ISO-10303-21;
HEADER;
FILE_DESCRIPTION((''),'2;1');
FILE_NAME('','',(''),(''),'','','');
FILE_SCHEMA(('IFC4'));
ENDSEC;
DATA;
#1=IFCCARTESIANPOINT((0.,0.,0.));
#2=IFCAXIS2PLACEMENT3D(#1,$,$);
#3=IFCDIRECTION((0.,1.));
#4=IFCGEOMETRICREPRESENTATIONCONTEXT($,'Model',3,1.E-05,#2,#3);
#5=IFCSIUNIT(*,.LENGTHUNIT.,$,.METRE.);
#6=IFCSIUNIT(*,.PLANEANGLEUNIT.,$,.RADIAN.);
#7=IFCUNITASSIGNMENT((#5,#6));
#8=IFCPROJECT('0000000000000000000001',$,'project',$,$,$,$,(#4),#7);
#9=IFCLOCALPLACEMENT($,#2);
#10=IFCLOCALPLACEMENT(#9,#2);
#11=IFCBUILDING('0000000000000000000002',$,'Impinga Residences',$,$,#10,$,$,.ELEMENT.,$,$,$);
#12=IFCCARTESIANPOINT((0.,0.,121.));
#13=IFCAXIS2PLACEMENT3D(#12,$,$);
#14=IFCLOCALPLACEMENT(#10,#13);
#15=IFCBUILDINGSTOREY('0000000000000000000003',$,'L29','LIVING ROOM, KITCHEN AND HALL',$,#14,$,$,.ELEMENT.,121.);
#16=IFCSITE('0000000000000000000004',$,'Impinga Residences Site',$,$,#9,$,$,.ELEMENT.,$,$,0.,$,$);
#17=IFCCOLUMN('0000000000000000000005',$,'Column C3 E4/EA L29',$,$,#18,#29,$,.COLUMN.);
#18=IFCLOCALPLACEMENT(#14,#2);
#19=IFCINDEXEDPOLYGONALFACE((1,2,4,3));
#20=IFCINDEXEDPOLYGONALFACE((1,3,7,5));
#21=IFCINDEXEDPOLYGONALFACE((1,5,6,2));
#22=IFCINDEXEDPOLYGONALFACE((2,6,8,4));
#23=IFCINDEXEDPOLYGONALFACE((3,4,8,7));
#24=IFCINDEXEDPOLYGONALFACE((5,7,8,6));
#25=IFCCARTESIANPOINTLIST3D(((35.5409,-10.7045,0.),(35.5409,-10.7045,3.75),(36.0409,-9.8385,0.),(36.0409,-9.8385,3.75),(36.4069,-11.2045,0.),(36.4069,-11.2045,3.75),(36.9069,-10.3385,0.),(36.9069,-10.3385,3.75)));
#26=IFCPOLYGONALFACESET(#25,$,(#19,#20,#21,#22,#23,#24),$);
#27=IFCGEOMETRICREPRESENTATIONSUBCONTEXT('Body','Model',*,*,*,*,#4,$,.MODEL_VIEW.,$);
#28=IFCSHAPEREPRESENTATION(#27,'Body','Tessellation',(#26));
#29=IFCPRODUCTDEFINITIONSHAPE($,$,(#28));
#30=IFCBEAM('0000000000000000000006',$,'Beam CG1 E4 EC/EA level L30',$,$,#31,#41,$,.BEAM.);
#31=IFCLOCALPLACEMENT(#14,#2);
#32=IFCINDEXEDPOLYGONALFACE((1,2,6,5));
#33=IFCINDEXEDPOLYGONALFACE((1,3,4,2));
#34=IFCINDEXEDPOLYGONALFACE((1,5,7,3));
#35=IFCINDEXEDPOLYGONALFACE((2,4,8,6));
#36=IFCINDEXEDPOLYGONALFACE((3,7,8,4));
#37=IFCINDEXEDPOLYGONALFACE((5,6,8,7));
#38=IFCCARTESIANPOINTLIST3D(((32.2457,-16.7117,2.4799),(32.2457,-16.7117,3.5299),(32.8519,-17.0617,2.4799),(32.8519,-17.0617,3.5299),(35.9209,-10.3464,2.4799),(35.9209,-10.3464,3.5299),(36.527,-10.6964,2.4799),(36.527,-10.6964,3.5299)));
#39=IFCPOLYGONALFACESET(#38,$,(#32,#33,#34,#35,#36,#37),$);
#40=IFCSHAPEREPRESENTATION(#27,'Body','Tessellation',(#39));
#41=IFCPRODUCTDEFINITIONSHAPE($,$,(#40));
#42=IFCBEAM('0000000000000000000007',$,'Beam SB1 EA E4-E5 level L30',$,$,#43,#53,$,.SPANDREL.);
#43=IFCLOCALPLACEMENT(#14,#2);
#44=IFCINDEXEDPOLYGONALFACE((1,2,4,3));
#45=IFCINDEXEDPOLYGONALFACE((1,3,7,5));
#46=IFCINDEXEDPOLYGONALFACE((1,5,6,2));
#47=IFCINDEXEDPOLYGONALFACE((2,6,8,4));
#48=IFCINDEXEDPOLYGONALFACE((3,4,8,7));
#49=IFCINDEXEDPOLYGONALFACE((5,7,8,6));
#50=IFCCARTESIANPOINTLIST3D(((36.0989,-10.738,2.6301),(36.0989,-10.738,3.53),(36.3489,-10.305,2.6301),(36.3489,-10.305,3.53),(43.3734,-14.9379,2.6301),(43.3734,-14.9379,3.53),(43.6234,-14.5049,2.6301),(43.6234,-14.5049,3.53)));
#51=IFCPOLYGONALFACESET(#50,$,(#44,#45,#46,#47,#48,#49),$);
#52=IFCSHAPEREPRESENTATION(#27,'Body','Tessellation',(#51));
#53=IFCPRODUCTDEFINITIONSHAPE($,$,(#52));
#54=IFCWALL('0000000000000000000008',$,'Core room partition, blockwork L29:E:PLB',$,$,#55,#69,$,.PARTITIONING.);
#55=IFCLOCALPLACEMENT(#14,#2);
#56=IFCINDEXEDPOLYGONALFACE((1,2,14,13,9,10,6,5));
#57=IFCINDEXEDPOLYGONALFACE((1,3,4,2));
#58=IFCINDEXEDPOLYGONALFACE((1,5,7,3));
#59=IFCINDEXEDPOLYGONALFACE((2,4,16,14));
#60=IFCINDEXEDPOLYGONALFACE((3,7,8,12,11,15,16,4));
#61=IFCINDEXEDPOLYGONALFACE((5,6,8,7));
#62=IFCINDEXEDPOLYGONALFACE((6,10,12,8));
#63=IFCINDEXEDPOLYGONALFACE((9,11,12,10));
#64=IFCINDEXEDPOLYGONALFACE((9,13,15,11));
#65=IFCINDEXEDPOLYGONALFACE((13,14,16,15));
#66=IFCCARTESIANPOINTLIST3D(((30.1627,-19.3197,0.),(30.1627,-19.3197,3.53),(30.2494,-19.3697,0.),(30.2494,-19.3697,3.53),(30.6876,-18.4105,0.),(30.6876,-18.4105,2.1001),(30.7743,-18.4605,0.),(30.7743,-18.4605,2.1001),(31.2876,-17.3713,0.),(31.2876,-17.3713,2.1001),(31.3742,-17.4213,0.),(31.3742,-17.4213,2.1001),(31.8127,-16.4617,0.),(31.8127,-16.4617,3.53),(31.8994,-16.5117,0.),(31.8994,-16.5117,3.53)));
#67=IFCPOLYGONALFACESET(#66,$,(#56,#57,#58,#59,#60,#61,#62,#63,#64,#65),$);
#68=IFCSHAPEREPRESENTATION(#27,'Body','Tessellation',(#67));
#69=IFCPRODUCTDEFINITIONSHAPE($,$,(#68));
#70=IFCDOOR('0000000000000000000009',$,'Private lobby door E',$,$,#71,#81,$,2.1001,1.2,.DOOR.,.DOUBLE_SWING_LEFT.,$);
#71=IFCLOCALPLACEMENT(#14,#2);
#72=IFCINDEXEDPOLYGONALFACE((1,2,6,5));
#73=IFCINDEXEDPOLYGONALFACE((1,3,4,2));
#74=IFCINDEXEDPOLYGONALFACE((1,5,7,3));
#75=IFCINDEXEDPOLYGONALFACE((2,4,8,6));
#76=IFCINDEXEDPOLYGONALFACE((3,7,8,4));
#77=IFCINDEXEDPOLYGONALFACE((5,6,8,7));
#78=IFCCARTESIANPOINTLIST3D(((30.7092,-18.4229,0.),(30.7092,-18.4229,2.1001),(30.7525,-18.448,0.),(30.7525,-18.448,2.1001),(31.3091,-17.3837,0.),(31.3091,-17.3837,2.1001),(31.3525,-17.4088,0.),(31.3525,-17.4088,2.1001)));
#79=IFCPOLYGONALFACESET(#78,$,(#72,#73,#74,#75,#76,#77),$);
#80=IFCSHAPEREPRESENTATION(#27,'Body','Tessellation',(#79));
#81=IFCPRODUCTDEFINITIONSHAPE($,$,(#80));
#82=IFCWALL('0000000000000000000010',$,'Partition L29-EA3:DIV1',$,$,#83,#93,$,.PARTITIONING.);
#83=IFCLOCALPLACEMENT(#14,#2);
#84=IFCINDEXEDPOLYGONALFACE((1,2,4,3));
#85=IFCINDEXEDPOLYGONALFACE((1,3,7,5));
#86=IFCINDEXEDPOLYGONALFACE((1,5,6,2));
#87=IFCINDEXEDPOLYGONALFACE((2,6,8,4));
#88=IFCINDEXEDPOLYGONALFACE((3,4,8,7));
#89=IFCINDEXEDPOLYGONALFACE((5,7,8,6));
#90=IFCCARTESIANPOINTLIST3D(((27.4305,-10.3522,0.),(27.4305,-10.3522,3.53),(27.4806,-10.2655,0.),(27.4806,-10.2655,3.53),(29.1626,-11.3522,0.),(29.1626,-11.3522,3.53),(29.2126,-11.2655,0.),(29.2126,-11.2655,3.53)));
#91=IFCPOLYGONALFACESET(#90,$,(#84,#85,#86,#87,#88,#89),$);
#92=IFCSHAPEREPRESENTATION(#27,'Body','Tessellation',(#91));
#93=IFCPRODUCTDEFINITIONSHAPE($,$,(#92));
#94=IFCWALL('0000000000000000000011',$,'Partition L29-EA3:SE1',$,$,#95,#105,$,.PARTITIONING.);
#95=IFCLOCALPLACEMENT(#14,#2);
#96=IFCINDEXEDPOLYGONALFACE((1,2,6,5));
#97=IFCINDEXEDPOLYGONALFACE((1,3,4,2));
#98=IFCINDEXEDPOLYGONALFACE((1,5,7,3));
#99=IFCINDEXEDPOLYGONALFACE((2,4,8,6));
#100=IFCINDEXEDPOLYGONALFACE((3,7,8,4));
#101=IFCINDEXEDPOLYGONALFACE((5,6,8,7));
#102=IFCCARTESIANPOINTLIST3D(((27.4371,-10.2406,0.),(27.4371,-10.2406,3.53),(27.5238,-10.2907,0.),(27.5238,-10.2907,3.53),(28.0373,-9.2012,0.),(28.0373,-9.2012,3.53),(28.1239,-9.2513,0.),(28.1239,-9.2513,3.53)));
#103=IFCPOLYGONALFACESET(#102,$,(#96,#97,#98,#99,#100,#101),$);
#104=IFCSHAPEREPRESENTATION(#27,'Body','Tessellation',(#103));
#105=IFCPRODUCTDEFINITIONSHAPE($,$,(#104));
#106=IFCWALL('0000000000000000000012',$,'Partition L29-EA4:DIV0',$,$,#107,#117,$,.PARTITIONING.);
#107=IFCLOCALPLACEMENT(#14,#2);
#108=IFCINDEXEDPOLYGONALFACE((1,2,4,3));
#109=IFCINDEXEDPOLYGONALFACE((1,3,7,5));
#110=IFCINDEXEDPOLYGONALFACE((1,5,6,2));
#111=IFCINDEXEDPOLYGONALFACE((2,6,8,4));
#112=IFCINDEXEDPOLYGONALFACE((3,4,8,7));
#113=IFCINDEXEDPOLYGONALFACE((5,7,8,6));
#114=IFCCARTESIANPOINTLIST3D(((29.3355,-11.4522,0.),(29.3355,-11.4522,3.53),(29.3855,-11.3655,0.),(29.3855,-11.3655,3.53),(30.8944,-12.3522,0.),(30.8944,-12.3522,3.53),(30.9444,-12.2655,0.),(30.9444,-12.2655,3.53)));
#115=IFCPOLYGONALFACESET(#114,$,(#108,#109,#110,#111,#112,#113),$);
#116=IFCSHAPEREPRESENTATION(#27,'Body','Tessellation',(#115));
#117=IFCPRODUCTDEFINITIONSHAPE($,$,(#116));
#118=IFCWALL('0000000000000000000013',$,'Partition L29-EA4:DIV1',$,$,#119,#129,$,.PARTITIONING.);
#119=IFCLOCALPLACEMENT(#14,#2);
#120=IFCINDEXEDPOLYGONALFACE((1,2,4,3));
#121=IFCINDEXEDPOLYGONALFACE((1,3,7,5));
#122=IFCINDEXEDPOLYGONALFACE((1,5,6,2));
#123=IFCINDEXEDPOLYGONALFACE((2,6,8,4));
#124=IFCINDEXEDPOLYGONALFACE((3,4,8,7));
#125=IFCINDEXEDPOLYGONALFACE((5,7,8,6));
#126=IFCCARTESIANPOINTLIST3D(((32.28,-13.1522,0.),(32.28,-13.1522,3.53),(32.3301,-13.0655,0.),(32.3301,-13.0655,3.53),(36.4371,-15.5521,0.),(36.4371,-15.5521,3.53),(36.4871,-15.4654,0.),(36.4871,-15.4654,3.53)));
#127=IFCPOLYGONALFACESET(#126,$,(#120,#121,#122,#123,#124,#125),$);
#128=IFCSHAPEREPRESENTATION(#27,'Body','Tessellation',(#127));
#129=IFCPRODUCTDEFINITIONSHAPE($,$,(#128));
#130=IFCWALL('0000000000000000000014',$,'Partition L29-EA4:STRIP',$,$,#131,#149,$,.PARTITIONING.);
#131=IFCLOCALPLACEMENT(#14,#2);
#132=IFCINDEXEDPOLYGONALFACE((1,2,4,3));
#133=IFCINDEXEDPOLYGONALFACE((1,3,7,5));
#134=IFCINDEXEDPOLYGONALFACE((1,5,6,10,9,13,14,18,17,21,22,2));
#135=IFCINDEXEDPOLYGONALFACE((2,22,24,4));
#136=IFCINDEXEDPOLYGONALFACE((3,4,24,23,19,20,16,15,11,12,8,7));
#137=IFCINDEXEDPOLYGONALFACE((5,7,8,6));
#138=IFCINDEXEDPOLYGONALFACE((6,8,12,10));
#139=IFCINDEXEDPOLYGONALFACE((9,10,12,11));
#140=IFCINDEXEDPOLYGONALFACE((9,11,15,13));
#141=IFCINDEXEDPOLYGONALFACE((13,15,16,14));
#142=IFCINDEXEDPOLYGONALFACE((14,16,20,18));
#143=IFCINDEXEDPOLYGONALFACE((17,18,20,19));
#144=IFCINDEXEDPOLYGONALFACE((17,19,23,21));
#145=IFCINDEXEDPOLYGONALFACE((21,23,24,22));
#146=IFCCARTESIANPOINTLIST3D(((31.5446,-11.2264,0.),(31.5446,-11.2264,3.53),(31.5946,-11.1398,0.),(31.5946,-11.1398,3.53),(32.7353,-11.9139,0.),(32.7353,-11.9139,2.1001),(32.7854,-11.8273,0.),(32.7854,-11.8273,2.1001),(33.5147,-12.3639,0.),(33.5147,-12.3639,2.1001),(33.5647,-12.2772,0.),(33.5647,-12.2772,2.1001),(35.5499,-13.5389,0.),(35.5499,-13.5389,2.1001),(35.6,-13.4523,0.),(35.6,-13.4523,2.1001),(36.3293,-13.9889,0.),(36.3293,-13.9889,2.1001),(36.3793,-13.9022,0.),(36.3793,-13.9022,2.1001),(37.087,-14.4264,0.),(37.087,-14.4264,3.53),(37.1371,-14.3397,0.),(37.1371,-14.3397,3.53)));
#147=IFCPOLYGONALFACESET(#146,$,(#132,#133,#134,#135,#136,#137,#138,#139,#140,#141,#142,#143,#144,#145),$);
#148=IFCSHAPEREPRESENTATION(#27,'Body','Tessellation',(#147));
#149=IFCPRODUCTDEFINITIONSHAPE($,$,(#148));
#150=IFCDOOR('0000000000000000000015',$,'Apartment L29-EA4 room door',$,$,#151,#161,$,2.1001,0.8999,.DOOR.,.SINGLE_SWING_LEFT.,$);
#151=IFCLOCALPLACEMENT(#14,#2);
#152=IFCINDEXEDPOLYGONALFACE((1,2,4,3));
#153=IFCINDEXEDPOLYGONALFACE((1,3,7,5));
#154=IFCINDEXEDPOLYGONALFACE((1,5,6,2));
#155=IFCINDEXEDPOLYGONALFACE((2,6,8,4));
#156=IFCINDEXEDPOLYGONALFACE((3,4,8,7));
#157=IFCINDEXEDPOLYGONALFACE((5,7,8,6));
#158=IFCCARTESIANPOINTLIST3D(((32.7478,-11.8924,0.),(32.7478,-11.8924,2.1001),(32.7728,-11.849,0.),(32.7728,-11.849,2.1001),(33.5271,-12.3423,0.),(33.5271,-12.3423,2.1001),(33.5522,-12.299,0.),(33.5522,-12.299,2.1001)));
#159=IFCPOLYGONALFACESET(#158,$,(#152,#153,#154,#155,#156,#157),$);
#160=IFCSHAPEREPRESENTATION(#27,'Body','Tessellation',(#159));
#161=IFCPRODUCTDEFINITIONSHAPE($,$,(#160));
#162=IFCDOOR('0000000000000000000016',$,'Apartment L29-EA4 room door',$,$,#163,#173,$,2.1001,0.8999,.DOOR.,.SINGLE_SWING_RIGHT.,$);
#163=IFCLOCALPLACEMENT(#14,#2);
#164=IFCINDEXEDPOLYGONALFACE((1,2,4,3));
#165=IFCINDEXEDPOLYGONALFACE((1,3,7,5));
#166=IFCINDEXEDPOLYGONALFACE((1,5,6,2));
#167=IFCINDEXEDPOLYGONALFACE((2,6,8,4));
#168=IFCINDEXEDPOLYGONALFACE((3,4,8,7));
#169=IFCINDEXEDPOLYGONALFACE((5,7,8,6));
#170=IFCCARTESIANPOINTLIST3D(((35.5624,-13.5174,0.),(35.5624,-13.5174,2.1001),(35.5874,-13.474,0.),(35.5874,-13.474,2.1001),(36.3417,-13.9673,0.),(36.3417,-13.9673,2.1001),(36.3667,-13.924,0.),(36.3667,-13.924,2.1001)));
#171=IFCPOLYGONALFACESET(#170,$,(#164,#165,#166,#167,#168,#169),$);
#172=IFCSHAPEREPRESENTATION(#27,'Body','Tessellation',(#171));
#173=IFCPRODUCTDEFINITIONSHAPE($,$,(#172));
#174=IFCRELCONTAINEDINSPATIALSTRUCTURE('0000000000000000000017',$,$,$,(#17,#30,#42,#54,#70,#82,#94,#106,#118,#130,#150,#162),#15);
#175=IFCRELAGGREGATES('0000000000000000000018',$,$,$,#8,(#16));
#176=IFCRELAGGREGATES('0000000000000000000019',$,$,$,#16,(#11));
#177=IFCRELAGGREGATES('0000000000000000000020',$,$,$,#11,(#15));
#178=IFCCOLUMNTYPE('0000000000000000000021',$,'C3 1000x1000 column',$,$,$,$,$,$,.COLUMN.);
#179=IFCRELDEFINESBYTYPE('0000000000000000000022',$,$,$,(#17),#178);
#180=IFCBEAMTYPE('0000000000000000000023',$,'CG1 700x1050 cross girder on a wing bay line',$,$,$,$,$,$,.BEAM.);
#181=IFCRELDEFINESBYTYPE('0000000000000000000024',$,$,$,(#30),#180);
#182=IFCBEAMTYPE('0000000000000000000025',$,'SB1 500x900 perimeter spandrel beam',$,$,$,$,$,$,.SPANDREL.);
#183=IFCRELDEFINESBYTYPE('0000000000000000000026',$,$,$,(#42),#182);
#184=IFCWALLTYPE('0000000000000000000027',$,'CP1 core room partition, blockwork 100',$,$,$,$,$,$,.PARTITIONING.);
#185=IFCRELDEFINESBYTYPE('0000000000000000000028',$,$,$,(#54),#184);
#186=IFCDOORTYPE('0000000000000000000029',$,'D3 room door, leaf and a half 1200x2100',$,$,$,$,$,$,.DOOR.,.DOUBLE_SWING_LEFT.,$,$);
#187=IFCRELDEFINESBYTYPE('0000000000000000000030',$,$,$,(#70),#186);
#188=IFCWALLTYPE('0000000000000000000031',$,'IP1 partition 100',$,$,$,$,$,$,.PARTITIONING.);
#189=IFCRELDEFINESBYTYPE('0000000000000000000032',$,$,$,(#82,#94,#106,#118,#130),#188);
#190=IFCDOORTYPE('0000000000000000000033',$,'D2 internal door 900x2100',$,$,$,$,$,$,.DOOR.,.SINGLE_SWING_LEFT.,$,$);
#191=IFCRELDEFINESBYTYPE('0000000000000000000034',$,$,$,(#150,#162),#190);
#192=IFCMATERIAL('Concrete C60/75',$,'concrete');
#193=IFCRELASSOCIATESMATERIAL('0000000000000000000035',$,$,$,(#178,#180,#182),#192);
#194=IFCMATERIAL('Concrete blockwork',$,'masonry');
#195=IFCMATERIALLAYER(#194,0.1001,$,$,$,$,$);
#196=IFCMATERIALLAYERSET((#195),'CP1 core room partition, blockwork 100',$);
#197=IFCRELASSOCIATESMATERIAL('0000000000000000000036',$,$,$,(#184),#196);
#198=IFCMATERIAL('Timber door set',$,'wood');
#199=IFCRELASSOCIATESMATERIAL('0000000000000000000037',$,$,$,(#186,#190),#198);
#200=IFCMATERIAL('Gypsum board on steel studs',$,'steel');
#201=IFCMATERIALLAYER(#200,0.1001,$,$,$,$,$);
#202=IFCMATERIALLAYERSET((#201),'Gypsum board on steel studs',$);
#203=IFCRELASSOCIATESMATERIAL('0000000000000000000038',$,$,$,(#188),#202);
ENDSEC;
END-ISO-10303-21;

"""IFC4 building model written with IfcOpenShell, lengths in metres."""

from ifc_helpers import new_model, si_unit, direction, frame, frame_2d, origin, origin_2d, place, context, subcontext, project, spatial, rectangle, extrude, material, layer, layer_set, material_profile, profile_set, type_object, element, fill, save


model = new_model("IFC4")

# Units and contexts
model_context = context("Model", 3, precision=1e-05, world=origin(), true_north=direction((0.0, 1.0)))
body_context = subcontext(model_context, "Body", "Model", "MODEL_VIEW")
ifc_project = project(units=[si_unit("LENGTHUNIT", "METRE"), si_unit("PLANEANGLEUNIT", "RADIAN")], contexts=[model_context])

# Site, building, storey
site_placement = place(None, origin())
site = spatial("IfcSite", under=ifc_project, at=site_placement, Name="Impinga Residences Site", CompositionType="ELEMENT", RefElevation=0.0)
building_placement = place(site_placement, origin())
building = spatial("IfcBuilding", under=site, at=building_placement, Name="Impinga Residences", CompositionType="ELEMENT")
storey_placement = place(building_placement, frame((0.0, 0.0, 121.0)))
storey = spatial("IfcBuildingStorey", under=building, at=storey_placement, Name="L29", Description="LIVING ROOM, KITCHEN AND HALL", CompositionType="ELEMENT", Elevation=121.0)

# Column
ifc_material_1 = material(Name="Concrete C60/75", Category="concrete")
ifc_material_profile_1 = material_profile(ifc_material_1, rectangle(XDim=1.0, YDim=1.0, at=origin_2d()), Name="RC 1000x1000")
ifc_profile_set_1 = profile_set([ifc_material_profile_1], Name="Concrete C60/75")
column_type = type_object("IfcColumnType", Name="C3 1000x1000 column", PredefinedType="COLUMN", material=ifc_profile_set_1)
column_placement = place(storey_placement, frame((36.2239, -10.5215, 0.0), z_axis=(0.0, 0.0, 1.0), x_axis=(-0.5, -0.866025, 0.0)))
element("IfcColumn", 1, at=column_placement, inside=storey, type_object=column_type, Name="Column C3 E4/EA L29", PredefinedType="COLUMN", context=body_context, shape_type="SweptSolid", body=[
    extrude(rectangle(XDim=1.0, YDim=1.0, at=origin_2d()), origin(), (0.0, 0.0, 1.0), 3.75),
])

# Beams
ifc_material_profile_2 = material_profile(ifc_material_1, rectangle(XDim=0.7, YDim=1.05, at=origin_2d()), Name="RC 700x1050")
ifc_profile_set_2 = profile_set([ifc_material_profile_2], Name="Concrete C60/75")
beam_type_1 = type_object("IfcBeamType", Name="CG1 700x1050 cross girder on a wing bay line", PredefinedType="BEAM", material=ifc_profile_set_2)
beam_1_placement = place(storey_placement, frame((32.5488, -16.8867, 3.0049), z_axis=(0.500008, 0.866021, 0.0), x_axis=(-0.866021, 0.500008, 0.0)))
element("IfcBeam", 2, at=beam_1_placement, inside=storey, type_object=beam_type_1, Name="Beam CG1 E4 EC/EA level L30", PredefinedType="BEAM", context=body_context, shape_type="SweptSolid", body=[
    extrude(rectangle(XDim=0.7, YDim=1.05, at=origin_2d()), origin(), (0.0, 0.0, 1.0), 7.3501),
])
ifc_material_profile_3 = material_profile(ifc_material_1, rectangle(XDim=0.5, YDim=0.8999, at=origin_2d()), Name="RC 500x900")
ifc_profile_set_3 = profile_set([ifc_material_profile_3], Name="Concrete C60/75")
beam_type_2 = type_object("IfcBeamType", Name="SB1 500x900 perimeter spandrel beam", PredefinedType="SPANDREL", material=ifc_profile_set_3)
beam_2_placement = place(storey_placement, frame((36.2239, -10.5215, 3.0801), z_axis=(0.866029, -0.499993, 0.0), x_axis=(0.499993, 0.866029, 0.0)))
element("IfcBeam", 3, at=beam_2_placement, inside=storey, type_object=beam_type_2, Name="Beam SB1 EA E4-E5 level L30", PredefinedType="SPANDREL", context=body_context, shape_type="SweptSolid", body=[
    extrude(rectangle(XDim=0.5, YDim=0.8999, at=origin_2d()), origin(), (0.0, 0.0, 1.0), 8.3999),
])

# Wall, opening, door
ifc_material_2 = material(Name="Concrete blockwork", Category="masonry")
ifc_layer_1 = layer(ifc_material_2, 0.1001)
ifc_layer_set_1 = layer_set([ifc_layer_1], Name="CP1 core room partition, blockwork 100")
wall_type_1 = type_object("IfcWallType", Name="CP1 core room partition, blockwork 100", PredefinedType="PARTITIONING", material=ifc_layer_set_1)
wall_1_placement = place(storey_placement, frame((31.856, -16.4868, 0.0), z_axis=(0.0, 0.0, 1.0), x_axis=(-0.499974, -0.86604, 0.0)))
wall_1 = element("IfcWall", 4, at=wall_1_placement, inside=storey, type_object=wall_type_1, Name="Core room partition, blockwork L29:E:PLB", PredefinedType="PARTITIONING", context=body_context, shape_type="SweptSolid", body=[
    extrude(rectangle(XDim=3.3, YDim=0.1001, at=frame_2d((1.6499, 0.0))), origin(), (0.0, 0.0, 1.0), 3.53),
])
opening_1_placement = place(wall_1_placement, frame((1.05, 0.0, 0.0)))
opening_1 = element("IfcOpeningElement", 5, at=opening_1_placement, cuts=wall_1, PredefinedType="OPENING", context=body_context, shape_type="SweptSolid", body=[
    extrude(rectangle(XDim=1.2, YDim=2.1001, at=frame_2d((0.6001, 1.05))), frame((0.0, 0.0601, 0.0), z_axis=(0.0, -1.0, 0.0), x_axis=(1.0, 0.0, 0.0)), (0.0, 0.0, 1.0), 0.1201),
])
ifc_material_3 = material(Name="Timber door set", Category="wood")
door_type_1 = type_object("IfcDoorType", Name="D3 room door, leaf and a half 1200x2100", OperationType="DOUBLE_SWING_LEFT", PredefinedType="DOOR", material=ifc_material_3)
door_1_placement = place(opening_1_placement, origin())
door_1 = element("IfcDoor", 6, at=door_1_placement, inside=storey, type_object=door_type_1, Name="Private lobby door E", OperationType="DOUBLE_SWING_LEFT", OverallHeight=2.1001, OverallWidth=1.2, PredefinedType="DOOR", context=body_context, shape_type="SweptSolid", body=[
    extrude(rectangle(XDim=1.2, YDim=2.1001, at=frame_2d((0.6001, 1.05))), frame((0.0, 0.0249, 0.0), z_axis=(0.0, -1.0, 0.0), x_axis=(1.0, 0.0, 0.0)), (0.0, 0.0, 1.0), 0.05),
])
fill(opening_1, door_1)

# Walls
ifc_material_4 = material(Name="Gypsum board on steel studs", Category="steel")
ifc_layer_2 = layer(ifc_material_4, 0.1001)
ifc_layer_set_2 = layer_set([ifc_layer_2], Name="Gypsum board on steel studs")
wall_type_2 = type_object("IfcWallType", Name="IP1 partition 100", PredefinedType="PARTITIONING", material=ifc_layer_set_2)
wall_2_placement = place(storey_placement, frame((27.4556, -10.3088, 0.0), z_axis=(0.0, 0.0, 1.0), x_axis=(0.866011, -0.500025, 0.0)))
element("IfcWall", 7, at=wall_2_placement, inside=storey, type_object=wall_type_2, Name="Partition L29-EA3:DIV1", PredefinedType="PARTITIONING", context=body_context, shape_type="SweptSolid", body=[
    extrude(rectangle(XDim=2.0, YDim=0.1001, at=frame_2d((1.0, 0.0))), origin(), (0.0, 0.0, 1.0), 3.53),
])
wall_3_placement = place(storey_placement, frame((27.4805, -10.2656, 0.0), z_axis=(0.0, 0.0, 1.0), x_axis=(0.500034, 0.866006, 0.0)))
element("IfcWall", 8, at=wall_3_placement, inside=storey, type_object=wall_type_2, Name="Partition L29-EA3:SE1", PredefinedType="PARTITIONING", context=body_context, shape_type="SweptSolid", body=[
    extrude(rectangle(XDim=1.2002, YDim=0.1001, at=frame_2d((0.6001, 0.0))), origin(), (0.0, 0.0, 1.0), 3.53),
])
wall_4_placement = place(storey_placement, frame((29.3606, -11.4089, 0.0), z_axis=(0.0, 0.0, 1.0), x_axis=(0.866048, -0.499961, 0.0)))
element("IfcWall", 9, at=wall_4_placement, inside=storey, type_object=wall_type_2, Name="Partition L29-EA4:DIV0", PredefinedType="PARTITIONING", context=body_context, shape_type="SweptSolid", body=[
    extrude(rectangle(XDim=1.8, YDim=0.1001, at=frame_2d((0.8999, 0.0))), origin(), (0.0, 0.0, 1.0), 3.53),
])
wall_5_placement = place(storey_placement, frame((32.3052, -13.1089, 0.0), z_axis=(0.0, 0.0, 1.0), x_axis=(0.866037, -0.499979, 0.0)))
element("IfcWall", 10, at=wall_5_placement, inside=storey, type_object=wall_type_2, Name="Partition L29-EA4:DIV1", PredefinedType="PARTITIONING", context=body_context, shape_type="SweptSolid", body=[
    extrude(rectangle(XDim=4.8, YDim=0.1001, at=frame_2d((2.3999, 0.0))), origin(), (0.0, 0.0, 1.0), 3.53),
])

# Wall, openings, doors
wall_6_placement = place(storey_placement, frame((31.5696, -11.1831, 0.0), z_axis=(0.0, 0.0, 1.0), x_axis=(0.866025, -0.5, 0.0)))
wall_6 = element("IfcWall", 11, at=wall_6_placement, inside=storey, type_object=wall_type_2, Name="Partition L29-EA4:STRIP", PredefinedType="PARTITIONING", context=body_context, shape_type="SweptSolid", body=[
    extrude(rectangle(XDim=6.3999, YDim=0.1001, at=frame_2d((3.2, 0.0))), origin(), (0.0, 0.0, 1.0), 3.53),
])
opening_2_placement = place(wall_6_placement, frame((1.375, 0.0, 0.0)))
opening_2 = element("IfcOpeningElement", 12, at=opening_2_placement, cuts=wall_6, PredefinedType="OPENING", context=body_context, shape_type="SweptSolid", body=[
    extrude(rectangle(XDim=0.8999, YDim=2.1001, at=frame_2d((0.45, 1.05))), frame((0.0, 0.0601, 0.0), z_axis=(0.0, -1.0, 0.0), x_axis=(1.0, 0.0, 0.0)), (0.0, 0.0, 1.0), 0.1201),
])
opening_3_placement = place(wall_6_placement, frame((4.625, 0.0, 0.0)))
opening_3 = element("IfcOpeningElement", 13, at=opening_3_placement, cuts=wall_6, PredefinedType="OPENING", context=body_context, shape_type="SweptSolid", body=[
    extrude(rectangle(XDim=0.8999, YDim=2.1001, at=frame_2d((0.45, 1.05))), frame((0.0, 0.0601, 0.0), z_axis=(0.0, -1.0, 0.0), x_axis=(1.0, 0.0, 0.0)), (0.0, 0.0, 1.0), 0.1201),
])
door_type_2 = type_object("IfcDoorType", Name="D2 internal door 900x2100", OperationType="SINGLE_SWING_LEFT", PredefinedType="DOOR", material=ifc_material_3)
door_2_placement = place(opening_2_placement, origin())
door_2 = element("IfcDoor", 14, at=door_2_placement, inside=storey, type_object=door_type_2, Name="Apartment L29-EA4 room door", OperationType="SINGLE_SWING_LEFT", OverallHeight=2.1001, OverallWidth=0.8999, PredefinedType="DOOR", context=body_context, shape_type="SweptSolid", body=[
    extrude(rectangle(XDim=0.8999, YDim=2.1001, at=frame_2d((0.45, 1.05))), frame((0.0, 0.0249, 0.0), z_axis=(0.0, -1.0, 0.0), x_axis=(1.0, 0.0, 0.0)), (0.0, 0.0, 1.0), 0.05),
])
fill(opening_2, door_2)
door_3_placement = place(opening_3_placement, origin())
door_3 = element("IfcDoor", 15, at=door_3_placement, inside=storey, type_object=door_type_2, Name="Apartment L29-EA4 room door", OperationType="SINGLE_SWING_RIGHT", OverallHeight=2.1001, OverallWidth=0.8999, PredefinedType="DOOR", context=body_context, shape_type="SweptSolid", body=[
    extrude(rectangle(XDim=0.8999, YDim=2.1001, at=frame_2d((0.45, 1.05))), frame((0.0, 0.0249, 0.0), z_axis=(0.0, -1.0, 0.0), x_axis=(1.0, 0.0, 0.0)), (0.0, 0.0, 1.0), 0.05),
])
fill(opening_3, door_3)

save(model, "model.ifc")
